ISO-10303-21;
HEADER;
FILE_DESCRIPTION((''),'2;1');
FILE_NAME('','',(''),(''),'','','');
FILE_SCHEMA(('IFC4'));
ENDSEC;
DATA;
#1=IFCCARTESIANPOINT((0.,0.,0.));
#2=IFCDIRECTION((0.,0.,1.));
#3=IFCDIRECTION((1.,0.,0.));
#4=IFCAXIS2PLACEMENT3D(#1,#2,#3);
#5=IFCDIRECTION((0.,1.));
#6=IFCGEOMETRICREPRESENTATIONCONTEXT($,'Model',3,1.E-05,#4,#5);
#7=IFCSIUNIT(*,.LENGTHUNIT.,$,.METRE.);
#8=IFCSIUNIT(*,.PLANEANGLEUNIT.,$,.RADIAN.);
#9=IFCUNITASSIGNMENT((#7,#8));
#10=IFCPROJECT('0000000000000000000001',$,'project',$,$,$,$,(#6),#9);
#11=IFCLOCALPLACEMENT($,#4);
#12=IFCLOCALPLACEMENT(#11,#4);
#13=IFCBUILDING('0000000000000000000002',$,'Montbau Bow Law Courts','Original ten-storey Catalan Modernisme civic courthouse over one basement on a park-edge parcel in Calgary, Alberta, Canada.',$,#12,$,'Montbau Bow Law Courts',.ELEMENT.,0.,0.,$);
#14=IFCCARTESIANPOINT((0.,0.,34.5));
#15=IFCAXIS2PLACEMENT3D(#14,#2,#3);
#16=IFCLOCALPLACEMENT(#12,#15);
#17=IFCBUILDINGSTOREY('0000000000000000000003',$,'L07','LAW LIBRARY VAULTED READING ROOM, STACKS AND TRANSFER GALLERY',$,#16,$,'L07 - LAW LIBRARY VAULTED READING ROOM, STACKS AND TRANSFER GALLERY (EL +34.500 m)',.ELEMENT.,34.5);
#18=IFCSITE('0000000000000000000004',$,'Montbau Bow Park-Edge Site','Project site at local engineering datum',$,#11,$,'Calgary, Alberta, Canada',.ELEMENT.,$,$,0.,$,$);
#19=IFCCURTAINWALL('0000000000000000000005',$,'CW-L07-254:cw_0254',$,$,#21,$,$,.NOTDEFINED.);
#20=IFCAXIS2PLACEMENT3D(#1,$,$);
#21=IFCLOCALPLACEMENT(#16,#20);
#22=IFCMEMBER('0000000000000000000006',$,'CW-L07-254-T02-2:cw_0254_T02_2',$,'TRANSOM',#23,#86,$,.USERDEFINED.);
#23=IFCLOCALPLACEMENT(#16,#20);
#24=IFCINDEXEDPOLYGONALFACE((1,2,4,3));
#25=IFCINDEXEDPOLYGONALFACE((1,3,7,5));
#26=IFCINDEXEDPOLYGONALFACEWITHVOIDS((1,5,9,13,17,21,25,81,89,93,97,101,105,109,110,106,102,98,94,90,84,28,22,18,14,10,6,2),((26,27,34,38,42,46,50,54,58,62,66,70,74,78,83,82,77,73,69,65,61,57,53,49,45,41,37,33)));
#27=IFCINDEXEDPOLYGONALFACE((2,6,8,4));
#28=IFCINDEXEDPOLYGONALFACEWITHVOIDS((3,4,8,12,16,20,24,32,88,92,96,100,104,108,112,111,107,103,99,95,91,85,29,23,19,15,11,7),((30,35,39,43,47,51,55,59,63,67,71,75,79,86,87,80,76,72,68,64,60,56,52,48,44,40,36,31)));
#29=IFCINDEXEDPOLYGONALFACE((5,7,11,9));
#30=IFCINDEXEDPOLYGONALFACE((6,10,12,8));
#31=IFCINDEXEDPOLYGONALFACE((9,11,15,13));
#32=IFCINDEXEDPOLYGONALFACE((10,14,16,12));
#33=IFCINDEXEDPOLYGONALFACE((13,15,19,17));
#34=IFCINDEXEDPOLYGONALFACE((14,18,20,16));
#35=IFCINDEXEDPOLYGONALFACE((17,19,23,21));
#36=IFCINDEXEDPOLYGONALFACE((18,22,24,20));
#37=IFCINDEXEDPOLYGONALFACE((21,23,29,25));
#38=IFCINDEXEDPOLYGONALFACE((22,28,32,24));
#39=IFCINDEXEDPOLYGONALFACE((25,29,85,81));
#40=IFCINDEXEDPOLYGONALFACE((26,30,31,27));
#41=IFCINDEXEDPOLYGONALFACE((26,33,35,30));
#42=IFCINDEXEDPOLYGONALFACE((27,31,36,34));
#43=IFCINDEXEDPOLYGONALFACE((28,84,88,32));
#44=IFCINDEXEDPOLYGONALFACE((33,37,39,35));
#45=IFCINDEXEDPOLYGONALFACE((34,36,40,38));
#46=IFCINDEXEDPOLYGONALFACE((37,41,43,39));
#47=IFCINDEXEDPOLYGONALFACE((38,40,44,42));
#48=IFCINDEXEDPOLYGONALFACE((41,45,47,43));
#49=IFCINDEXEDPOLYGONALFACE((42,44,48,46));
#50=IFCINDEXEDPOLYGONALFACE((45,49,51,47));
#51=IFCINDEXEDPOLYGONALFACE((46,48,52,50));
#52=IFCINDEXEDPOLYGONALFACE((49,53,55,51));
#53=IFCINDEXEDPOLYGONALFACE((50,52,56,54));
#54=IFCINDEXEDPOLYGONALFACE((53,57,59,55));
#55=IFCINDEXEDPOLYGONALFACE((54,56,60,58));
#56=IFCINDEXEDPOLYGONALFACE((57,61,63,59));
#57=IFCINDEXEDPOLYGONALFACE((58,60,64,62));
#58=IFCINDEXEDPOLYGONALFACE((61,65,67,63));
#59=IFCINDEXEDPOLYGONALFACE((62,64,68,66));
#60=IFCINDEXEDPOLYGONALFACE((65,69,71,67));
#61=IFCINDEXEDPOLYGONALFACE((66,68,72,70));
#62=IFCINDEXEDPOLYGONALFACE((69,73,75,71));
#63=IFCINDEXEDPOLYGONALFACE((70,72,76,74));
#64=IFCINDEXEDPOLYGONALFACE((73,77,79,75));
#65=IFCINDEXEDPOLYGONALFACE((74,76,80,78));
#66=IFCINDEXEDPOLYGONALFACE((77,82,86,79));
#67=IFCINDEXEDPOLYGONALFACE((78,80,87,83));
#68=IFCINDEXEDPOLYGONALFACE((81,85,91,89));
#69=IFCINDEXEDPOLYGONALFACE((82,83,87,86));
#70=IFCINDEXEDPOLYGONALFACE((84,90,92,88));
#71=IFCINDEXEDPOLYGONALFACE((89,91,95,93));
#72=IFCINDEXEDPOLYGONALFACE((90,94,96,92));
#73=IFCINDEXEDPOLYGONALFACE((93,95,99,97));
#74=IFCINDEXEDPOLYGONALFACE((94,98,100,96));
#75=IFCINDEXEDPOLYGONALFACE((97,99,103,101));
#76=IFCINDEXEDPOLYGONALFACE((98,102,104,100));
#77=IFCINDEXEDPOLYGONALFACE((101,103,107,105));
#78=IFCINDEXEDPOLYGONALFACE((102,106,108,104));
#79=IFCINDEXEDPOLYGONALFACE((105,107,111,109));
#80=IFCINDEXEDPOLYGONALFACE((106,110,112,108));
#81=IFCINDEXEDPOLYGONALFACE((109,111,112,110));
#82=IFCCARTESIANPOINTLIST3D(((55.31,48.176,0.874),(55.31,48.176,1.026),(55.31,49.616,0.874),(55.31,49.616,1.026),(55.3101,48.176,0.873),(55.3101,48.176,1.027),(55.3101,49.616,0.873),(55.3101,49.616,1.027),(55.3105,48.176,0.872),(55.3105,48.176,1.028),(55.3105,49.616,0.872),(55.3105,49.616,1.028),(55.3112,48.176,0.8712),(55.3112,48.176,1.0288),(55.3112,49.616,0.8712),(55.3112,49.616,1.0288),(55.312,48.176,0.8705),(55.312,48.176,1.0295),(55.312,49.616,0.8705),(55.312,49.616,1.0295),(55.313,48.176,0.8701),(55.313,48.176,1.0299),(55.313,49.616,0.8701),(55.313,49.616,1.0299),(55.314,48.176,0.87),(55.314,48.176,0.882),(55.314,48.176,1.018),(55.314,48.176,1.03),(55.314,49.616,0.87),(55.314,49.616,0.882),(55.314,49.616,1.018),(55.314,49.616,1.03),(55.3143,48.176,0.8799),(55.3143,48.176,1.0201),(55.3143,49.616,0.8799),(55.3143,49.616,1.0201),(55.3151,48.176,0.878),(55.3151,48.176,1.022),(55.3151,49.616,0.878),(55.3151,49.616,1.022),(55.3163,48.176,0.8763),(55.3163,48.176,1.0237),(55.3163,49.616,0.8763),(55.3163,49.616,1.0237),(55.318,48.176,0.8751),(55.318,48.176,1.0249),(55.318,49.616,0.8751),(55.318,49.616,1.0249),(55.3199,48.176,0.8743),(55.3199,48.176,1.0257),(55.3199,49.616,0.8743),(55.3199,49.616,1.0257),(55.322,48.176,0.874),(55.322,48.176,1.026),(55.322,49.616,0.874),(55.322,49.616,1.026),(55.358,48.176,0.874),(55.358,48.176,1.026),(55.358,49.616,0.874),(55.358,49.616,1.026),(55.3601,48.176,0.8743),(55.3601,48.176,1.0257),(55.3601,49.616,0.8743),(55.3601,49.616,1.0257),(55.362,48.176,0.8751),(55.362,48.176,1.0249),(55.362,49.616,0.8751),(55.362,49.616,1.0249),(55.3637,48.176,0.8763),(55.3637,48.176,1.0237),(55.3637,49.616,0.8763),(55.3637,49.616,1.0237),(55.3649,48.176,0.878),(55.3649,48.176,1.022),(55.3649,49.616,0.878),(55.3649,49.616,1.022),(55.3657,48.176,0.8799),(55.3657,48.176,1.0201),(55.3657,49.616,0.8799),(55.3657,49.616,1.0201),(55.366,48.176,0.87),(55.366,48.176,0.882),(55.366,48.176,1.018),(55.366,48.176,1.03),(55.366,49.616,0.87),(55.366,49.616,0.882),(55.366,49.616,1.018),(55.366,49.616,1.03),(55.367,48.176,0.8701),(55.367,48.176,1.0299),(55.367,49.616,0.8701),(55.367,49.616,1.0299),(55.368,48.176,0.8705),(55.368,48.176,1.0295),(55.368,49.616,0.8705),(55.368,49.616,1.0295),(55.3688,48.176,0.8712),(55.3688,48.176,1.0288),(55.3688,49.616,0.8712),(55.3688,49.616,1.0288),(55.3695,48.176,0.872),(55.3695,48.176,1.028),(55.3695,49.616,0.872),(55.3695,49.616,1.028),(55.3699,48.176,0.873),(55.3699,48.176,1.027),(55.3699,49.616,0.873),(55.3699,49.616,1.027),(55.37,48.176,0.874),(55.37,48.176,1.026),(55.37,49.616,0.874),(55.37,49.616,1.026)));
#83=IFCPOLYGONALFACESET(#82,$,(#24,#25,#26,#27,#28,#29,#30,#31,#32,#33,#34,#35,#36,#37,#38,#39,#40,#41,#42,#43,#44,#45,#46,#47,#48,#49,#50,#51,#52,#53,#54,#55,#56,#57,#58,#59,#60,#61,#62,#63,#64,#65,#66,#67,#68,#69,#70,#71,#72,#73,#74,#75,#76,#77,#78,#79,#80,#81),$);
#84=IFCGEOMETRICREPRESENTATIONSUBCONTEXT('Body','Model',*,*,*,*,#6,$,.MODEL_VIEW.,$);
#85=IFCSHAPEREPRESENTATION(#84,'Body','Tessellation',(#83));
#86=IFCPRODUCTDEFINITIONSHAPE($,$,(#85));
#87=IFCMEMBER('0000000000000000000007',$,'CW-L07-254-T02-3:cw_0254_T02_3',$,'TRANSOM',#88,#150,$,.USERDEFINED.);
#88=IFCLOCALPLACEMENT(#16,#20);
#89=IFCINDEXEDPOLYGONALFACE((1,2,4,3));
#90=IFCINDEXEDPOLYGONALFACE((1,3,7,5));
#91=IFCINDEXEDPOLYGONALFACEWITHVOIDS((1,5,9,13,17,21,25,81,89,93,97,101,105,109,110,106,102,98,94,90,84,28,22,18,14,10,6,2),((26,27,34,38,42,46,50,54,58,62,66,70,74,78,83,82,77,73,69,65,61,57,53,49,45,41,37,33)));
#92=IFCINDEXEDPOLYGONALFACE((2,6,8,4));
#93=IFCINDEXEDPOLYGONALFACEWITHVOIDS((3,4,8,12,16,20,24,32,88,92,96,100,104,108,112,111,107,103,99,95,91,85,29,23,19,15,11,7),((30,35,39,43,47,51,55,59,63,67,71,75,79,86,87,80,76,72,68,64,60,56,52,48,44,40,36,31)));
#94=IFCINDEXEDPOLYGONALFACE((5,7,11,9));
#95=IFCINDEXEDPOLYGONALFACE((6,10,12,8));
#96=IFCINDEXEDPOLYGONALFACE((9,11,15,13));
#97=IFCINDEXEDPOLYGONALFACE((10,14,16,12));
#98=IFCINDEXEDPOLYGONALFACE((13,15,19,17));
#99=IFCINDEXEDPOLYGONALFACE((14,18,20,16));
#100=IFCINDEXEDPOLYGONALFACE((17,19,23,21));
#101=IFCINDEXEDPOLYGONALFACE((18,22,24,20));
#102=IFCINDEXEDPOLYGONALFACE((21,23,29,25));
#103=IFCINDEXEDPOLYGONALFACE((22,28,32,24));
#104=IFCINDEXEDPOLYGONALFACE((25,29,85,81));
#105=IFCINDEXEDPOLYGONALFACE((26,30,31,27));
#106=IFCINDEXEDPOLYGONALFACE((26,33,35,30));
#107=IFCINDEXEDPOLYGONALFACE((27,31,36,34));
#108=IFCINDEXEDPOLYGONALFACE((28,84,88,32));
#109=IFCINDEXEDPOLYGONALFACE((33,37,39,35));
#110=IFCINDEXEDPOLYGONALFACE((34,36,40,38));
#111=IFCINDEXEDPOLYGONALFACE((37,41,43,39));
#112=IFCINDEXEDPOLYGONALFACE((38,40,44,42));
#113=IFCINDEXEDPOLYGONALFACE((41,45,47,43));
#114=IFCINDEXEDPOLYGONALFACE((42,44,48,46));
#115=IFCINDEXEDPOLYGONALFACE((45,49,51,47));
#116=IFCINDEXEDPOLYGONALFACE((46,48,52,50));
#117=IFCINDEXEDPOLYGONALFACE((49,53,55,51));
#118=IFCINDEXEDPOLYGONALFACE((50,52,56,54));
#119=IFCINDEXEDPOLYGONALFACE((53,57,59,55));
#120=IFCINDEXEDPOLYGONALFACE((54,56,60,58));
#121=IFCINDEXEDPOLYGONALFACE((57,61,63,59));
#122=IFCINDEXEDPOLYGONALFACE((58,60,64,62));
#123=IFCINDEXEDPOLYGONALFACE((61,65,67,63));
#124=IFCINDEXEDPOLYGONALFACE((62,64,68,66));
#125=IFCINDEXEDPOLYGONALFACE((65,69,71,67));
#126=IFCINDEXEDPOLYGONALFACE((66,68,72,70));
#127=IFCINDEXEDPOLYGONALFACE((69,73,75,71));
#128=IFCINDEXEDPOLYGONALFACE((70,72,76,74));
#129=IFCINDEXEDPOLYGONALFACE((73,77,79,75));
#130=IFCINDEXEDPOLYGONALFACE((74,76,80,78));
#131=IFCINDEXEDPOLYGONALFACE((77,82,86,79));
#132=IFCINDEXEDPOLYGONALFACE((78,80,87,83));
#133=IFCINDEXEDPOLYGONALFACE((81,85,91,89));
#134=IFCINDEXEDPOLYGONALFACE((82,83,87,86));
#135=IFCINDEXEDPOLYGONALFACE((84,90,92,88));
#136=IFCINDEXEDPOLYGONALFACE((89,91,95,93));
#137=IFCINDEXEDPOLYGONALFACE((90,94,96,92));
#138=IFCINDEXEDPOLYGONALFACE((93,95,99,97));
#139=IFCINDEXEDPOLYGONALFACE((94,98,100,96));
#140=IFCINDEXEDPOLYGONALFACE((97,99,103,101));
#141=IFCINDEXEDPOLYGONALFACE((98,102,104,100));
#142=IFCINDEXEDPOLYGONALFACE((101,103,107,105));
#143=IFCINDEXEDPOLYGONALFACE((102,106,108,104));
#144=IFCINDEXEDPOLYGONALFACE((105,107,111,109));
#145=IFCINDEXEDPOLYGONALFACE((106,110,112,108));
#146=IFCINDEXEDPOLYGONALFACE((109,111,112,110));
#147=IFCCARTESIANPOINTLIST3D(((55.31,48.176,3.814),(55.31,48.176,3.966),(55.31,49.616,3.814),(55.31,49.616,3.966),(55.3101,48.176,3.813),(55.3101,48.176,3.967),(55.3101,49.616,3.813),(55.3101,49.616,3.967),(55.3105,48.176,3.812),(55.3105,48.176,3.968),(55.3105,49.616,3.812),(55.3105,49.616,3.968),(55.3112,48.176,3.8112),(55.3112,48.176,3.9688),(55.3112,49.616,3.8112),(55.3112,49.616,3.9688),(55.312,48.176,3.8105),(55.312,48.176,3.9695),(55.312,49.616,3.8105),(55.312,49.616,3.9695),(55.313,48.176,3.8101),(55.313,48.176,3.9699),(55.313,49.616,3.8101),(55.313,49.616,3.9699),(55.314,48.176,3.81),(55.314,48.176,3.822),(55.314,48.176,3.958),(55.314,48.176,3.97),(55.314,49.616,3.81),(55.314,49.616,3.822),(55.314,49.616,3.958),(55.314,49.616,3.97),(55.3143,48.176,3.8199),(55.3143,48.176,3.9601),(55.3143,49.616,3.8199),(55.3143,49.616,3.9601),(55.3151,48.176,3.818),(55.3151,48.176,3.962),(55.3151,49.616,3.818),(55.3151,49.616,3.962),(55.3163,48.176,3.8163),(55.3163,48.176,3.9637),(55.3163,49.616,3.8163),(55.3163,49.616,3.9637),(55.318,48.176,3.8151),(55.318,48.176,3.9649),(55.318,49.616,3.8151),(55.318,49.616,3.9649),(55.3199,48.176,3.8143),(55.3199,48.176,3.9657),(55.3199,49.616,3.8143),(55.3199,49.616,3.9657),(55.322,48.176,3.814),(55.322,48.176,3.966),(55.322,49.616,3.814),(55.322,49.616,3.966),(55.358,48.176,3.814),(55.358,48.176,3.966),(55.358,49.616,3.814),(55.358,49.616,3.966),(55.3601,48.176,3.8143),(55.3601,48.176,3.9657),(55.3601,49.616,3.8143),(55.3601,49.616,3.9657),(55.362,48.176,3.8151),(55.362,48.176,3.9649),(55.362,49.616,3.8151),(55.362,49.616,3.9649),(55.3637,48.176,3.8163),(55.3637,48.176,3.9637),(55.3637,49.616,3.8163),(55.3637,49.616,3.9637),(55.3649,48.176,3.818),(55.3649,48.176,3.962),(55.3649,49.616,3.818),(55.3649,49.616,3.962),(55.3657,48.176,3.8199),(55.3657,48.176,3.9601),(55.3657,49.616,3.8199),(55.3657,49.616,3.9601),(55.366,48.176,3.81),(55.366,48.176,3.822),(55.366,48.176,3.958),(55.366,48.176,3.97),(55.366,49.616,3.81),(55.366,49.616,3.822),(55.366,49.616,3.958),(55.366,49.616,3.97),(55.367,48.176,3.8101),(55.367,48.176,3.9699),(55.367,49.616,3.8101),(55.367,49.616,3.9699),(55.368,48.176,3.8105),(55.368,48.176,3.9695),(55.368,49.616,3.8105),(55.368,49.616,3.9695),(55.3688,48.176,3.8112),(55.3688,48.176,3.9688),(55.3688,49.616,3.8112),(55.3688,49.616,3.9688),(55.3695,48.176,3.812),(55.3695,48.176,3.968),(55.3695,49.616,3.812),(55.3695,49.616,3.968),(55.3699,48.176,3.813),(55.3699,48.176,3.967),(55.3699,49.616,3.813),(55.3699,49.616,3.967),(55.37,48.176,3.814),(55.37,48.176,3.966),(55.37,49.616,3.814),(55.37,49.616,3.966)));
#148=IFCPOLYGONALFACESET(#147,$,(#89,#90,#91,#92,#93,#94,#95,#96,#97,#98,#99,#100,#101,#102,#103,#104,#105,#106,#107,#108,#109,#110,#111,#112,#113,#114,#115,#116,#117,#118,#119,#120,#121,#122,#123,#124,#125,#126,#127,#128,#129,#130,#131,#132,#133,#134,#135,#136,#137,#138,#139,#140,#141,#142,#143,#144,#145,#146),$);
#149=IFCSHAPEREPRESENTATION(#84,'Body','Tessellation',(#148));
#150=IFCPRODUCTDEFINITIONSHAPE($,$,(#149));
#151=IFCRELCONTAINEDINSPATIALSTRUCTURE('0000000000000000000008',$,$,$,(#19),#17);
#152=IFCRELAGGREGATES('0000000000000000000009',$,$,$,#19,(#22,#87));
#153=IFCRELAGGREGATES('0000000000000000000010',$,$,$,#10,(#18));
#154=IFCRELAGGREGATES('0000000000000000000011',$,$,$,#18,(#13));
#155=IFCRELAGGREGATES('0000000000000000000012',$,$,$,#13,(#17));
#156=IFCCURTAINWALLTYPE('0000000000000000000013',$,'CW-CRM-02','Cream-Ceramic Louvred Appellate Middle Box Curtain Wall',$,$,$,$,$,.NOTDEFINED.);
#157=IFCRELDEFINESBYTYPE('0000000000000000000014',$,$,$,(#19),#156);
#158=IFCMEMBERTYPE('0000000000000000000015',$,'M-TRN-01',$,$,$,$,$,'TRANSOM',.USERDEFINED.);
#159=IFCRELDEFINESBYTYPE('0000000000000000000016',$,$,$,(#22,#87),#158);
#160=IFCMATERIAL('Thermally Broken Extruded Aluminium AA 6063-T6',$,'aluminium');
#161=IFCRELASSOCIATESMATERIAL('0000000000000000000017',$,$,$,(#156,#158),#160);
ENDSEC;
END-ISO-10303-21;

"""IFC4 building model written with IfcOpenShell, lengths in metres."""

from ifc_helpers import new_model, si_unit, direction, frame, origin_with_axes, origin_2d_with_axis, place, context, subcontext, project, spatial, hollow_rectangle, extrude, material, material_profile, profile_set, type_object, element, aggregate, save


model = new_model("IFC4")

# Units and contexts
model_context = context("Model", 3, precision=1e-05, world=origin_with_axes(), true_north=direction((0.0, 1.0)))
body_context = subcontext(model_context, "Body", "Model", "MODEL_VIEW")
ifc_project = project(units=[si_unit("LENGTHUNIT", "METRE"), si_unit("PLANEANGLEUNIT", "RADIAN")], contexts=[model_context])

# Site, building, storey
site_placement = place(None, origin_with_axes())
site = spatial("IfcSite", under=ifc_project, at=site_placement, Name="Montbau Bow Park-Edge Site", Description="Project site at local engineering datum", LongName="Calgary, Alberta, Canada", CompositionType="ELEMENT", RefElevation=0.0)
building_placement = place(site_placement, origin_with_axes())
building = spatial("IfcBuilding", under=site, at=building_placement, Name="Montbau Bow Law Courts", Description="Original ten-storey Catalan Modernisme civic courthouse over one basement on a park-edge parcel in Calgary, Alberta, Canada.", LongName="Montbau Bow Law Courts", CompositionType="ELEMENT", ElevationOfRefHeight=0.0, ElevationOfTerrain=0.0)
storey_placement = place(building_placement, frame((0.0, 0.0, 34.5), z_axis=(0.0, 0.0, 1.0), x_axis=(1.0, 0.0, 0.0)))
storey = spatial("IfcBuildingStorey", under=building, at=storey_placement, Name="L07", Description="LAW LIBRARY VAULTED READING ROOM, STACKS AND TRANSFER GALLERY", LongName="L07 - LAW LIBRARY VAULTED READING ROOM, STACKS AND TRANSFER GALLERY (EL +34.500 m)", CompositionType="ELEMENT", Elevation=34.5)

# Shared definitions
ifc_material_1 = material(Name="Thermally Broken Extruded Aluminium AA 6063-T6", Category="aluminium")
curtain_wall_type = type_object("IfcCurtainWallType", Name="CW-CRM-02", Description="Cream-Ceramic Louvred Appellate Middle Box Curtain Wall", PredefinedType="NOTDEFINED", material=ifc_material_1)

# Curtain wall, members
curtain_wall_1_placement = place(None, frame((55.34, 46.64, 34.5), z_axis=(0.0, 0.0, 1.0), x_axis=(1.0, 0.0, 0.0)))
curtain_wall_1 = element("IfcCurtainWall", 1, at=curtain_wall_1_placement, inside=storey, type_object=curtain_wall_type, Name="CW-L07-254:cw_0254", PredefinedType="NOTDEFINED")
ifc_material_profile_1 = material_profile(ifc_material_1, hollow_rectangle(XDim=0.06, YDim=0.16, WallThickness=0.004, InnerFilletRadius=0.008, OuterFilletRadius=0.004, at=origin_2d_with_axis()), Name="CWT-160X60", Category="Main", Priority=0)
ifc_profile_set_1 = profile_set([ifc_material_profile_1], Name="Thermally Broken Extruded Aluminium AA 6063-T6")
member_type_1 = type_object("IfcMemberType", Name="M-TRN-01", ElementType="TRANSOM", PredefinedType="USERDEFINED", material=ifc_profile_set_1)
member_1_placement = place(None, frame((55.34, 48.176, 35.45), z_axis=(0.0, 1.0, 0.0), x_axis=(-1.0, 0.0, 0.0)))
member_1 = element("IfcMember", 2, at=member_1_placement, type_object=member_type_1, Name="CW-L07-254-T02-2:cw_0254_T02_2", ObjectType="TRANSOM", PredefinedType="USERDEFINED", context=body_context, shape_type="SweptSolid", body=[
    extrude(hollow_rectangle(XDim=0.06, YDim=0.16, WallThickness=0.004, InnerFilletRadius=0.008, OuterFilletRadius=0.004, at=origin_2d_with_axis()), origin_with_axes(), (0.0, 0.0, 1.0), 1.44),
])
member_2_placement = place(None, frame((55.34, 48.176, 38.39), z_axis=(0.0, 1.0, 0.0), x_axis=(-1.0, 0.0, 0.0)))
member_2 = element("IfcMember", 3, at=member_2_placement, type_object=member_type_1, Name="CW-L07-254-T02-3:cw_0254_T02_3", ObjectType="TRANSOM", PredefinedType="USERDEFINED", context=body_context, shape_type="SweptSolid", body=[
    extrude(hollow_rectangle(XDim=0.06, YDim=0.16, WallThickness=0.004, InnerFilletRadius=0.008, OuterFilletRadius=0.004, at=origin_2d_with_axis()), origin_with_axes(), (0.0, 0.0, 1.0), 1.44),
])
aggregate(curtain_wall_1, [member_1, member_2])

save(model, "model.ifc")
